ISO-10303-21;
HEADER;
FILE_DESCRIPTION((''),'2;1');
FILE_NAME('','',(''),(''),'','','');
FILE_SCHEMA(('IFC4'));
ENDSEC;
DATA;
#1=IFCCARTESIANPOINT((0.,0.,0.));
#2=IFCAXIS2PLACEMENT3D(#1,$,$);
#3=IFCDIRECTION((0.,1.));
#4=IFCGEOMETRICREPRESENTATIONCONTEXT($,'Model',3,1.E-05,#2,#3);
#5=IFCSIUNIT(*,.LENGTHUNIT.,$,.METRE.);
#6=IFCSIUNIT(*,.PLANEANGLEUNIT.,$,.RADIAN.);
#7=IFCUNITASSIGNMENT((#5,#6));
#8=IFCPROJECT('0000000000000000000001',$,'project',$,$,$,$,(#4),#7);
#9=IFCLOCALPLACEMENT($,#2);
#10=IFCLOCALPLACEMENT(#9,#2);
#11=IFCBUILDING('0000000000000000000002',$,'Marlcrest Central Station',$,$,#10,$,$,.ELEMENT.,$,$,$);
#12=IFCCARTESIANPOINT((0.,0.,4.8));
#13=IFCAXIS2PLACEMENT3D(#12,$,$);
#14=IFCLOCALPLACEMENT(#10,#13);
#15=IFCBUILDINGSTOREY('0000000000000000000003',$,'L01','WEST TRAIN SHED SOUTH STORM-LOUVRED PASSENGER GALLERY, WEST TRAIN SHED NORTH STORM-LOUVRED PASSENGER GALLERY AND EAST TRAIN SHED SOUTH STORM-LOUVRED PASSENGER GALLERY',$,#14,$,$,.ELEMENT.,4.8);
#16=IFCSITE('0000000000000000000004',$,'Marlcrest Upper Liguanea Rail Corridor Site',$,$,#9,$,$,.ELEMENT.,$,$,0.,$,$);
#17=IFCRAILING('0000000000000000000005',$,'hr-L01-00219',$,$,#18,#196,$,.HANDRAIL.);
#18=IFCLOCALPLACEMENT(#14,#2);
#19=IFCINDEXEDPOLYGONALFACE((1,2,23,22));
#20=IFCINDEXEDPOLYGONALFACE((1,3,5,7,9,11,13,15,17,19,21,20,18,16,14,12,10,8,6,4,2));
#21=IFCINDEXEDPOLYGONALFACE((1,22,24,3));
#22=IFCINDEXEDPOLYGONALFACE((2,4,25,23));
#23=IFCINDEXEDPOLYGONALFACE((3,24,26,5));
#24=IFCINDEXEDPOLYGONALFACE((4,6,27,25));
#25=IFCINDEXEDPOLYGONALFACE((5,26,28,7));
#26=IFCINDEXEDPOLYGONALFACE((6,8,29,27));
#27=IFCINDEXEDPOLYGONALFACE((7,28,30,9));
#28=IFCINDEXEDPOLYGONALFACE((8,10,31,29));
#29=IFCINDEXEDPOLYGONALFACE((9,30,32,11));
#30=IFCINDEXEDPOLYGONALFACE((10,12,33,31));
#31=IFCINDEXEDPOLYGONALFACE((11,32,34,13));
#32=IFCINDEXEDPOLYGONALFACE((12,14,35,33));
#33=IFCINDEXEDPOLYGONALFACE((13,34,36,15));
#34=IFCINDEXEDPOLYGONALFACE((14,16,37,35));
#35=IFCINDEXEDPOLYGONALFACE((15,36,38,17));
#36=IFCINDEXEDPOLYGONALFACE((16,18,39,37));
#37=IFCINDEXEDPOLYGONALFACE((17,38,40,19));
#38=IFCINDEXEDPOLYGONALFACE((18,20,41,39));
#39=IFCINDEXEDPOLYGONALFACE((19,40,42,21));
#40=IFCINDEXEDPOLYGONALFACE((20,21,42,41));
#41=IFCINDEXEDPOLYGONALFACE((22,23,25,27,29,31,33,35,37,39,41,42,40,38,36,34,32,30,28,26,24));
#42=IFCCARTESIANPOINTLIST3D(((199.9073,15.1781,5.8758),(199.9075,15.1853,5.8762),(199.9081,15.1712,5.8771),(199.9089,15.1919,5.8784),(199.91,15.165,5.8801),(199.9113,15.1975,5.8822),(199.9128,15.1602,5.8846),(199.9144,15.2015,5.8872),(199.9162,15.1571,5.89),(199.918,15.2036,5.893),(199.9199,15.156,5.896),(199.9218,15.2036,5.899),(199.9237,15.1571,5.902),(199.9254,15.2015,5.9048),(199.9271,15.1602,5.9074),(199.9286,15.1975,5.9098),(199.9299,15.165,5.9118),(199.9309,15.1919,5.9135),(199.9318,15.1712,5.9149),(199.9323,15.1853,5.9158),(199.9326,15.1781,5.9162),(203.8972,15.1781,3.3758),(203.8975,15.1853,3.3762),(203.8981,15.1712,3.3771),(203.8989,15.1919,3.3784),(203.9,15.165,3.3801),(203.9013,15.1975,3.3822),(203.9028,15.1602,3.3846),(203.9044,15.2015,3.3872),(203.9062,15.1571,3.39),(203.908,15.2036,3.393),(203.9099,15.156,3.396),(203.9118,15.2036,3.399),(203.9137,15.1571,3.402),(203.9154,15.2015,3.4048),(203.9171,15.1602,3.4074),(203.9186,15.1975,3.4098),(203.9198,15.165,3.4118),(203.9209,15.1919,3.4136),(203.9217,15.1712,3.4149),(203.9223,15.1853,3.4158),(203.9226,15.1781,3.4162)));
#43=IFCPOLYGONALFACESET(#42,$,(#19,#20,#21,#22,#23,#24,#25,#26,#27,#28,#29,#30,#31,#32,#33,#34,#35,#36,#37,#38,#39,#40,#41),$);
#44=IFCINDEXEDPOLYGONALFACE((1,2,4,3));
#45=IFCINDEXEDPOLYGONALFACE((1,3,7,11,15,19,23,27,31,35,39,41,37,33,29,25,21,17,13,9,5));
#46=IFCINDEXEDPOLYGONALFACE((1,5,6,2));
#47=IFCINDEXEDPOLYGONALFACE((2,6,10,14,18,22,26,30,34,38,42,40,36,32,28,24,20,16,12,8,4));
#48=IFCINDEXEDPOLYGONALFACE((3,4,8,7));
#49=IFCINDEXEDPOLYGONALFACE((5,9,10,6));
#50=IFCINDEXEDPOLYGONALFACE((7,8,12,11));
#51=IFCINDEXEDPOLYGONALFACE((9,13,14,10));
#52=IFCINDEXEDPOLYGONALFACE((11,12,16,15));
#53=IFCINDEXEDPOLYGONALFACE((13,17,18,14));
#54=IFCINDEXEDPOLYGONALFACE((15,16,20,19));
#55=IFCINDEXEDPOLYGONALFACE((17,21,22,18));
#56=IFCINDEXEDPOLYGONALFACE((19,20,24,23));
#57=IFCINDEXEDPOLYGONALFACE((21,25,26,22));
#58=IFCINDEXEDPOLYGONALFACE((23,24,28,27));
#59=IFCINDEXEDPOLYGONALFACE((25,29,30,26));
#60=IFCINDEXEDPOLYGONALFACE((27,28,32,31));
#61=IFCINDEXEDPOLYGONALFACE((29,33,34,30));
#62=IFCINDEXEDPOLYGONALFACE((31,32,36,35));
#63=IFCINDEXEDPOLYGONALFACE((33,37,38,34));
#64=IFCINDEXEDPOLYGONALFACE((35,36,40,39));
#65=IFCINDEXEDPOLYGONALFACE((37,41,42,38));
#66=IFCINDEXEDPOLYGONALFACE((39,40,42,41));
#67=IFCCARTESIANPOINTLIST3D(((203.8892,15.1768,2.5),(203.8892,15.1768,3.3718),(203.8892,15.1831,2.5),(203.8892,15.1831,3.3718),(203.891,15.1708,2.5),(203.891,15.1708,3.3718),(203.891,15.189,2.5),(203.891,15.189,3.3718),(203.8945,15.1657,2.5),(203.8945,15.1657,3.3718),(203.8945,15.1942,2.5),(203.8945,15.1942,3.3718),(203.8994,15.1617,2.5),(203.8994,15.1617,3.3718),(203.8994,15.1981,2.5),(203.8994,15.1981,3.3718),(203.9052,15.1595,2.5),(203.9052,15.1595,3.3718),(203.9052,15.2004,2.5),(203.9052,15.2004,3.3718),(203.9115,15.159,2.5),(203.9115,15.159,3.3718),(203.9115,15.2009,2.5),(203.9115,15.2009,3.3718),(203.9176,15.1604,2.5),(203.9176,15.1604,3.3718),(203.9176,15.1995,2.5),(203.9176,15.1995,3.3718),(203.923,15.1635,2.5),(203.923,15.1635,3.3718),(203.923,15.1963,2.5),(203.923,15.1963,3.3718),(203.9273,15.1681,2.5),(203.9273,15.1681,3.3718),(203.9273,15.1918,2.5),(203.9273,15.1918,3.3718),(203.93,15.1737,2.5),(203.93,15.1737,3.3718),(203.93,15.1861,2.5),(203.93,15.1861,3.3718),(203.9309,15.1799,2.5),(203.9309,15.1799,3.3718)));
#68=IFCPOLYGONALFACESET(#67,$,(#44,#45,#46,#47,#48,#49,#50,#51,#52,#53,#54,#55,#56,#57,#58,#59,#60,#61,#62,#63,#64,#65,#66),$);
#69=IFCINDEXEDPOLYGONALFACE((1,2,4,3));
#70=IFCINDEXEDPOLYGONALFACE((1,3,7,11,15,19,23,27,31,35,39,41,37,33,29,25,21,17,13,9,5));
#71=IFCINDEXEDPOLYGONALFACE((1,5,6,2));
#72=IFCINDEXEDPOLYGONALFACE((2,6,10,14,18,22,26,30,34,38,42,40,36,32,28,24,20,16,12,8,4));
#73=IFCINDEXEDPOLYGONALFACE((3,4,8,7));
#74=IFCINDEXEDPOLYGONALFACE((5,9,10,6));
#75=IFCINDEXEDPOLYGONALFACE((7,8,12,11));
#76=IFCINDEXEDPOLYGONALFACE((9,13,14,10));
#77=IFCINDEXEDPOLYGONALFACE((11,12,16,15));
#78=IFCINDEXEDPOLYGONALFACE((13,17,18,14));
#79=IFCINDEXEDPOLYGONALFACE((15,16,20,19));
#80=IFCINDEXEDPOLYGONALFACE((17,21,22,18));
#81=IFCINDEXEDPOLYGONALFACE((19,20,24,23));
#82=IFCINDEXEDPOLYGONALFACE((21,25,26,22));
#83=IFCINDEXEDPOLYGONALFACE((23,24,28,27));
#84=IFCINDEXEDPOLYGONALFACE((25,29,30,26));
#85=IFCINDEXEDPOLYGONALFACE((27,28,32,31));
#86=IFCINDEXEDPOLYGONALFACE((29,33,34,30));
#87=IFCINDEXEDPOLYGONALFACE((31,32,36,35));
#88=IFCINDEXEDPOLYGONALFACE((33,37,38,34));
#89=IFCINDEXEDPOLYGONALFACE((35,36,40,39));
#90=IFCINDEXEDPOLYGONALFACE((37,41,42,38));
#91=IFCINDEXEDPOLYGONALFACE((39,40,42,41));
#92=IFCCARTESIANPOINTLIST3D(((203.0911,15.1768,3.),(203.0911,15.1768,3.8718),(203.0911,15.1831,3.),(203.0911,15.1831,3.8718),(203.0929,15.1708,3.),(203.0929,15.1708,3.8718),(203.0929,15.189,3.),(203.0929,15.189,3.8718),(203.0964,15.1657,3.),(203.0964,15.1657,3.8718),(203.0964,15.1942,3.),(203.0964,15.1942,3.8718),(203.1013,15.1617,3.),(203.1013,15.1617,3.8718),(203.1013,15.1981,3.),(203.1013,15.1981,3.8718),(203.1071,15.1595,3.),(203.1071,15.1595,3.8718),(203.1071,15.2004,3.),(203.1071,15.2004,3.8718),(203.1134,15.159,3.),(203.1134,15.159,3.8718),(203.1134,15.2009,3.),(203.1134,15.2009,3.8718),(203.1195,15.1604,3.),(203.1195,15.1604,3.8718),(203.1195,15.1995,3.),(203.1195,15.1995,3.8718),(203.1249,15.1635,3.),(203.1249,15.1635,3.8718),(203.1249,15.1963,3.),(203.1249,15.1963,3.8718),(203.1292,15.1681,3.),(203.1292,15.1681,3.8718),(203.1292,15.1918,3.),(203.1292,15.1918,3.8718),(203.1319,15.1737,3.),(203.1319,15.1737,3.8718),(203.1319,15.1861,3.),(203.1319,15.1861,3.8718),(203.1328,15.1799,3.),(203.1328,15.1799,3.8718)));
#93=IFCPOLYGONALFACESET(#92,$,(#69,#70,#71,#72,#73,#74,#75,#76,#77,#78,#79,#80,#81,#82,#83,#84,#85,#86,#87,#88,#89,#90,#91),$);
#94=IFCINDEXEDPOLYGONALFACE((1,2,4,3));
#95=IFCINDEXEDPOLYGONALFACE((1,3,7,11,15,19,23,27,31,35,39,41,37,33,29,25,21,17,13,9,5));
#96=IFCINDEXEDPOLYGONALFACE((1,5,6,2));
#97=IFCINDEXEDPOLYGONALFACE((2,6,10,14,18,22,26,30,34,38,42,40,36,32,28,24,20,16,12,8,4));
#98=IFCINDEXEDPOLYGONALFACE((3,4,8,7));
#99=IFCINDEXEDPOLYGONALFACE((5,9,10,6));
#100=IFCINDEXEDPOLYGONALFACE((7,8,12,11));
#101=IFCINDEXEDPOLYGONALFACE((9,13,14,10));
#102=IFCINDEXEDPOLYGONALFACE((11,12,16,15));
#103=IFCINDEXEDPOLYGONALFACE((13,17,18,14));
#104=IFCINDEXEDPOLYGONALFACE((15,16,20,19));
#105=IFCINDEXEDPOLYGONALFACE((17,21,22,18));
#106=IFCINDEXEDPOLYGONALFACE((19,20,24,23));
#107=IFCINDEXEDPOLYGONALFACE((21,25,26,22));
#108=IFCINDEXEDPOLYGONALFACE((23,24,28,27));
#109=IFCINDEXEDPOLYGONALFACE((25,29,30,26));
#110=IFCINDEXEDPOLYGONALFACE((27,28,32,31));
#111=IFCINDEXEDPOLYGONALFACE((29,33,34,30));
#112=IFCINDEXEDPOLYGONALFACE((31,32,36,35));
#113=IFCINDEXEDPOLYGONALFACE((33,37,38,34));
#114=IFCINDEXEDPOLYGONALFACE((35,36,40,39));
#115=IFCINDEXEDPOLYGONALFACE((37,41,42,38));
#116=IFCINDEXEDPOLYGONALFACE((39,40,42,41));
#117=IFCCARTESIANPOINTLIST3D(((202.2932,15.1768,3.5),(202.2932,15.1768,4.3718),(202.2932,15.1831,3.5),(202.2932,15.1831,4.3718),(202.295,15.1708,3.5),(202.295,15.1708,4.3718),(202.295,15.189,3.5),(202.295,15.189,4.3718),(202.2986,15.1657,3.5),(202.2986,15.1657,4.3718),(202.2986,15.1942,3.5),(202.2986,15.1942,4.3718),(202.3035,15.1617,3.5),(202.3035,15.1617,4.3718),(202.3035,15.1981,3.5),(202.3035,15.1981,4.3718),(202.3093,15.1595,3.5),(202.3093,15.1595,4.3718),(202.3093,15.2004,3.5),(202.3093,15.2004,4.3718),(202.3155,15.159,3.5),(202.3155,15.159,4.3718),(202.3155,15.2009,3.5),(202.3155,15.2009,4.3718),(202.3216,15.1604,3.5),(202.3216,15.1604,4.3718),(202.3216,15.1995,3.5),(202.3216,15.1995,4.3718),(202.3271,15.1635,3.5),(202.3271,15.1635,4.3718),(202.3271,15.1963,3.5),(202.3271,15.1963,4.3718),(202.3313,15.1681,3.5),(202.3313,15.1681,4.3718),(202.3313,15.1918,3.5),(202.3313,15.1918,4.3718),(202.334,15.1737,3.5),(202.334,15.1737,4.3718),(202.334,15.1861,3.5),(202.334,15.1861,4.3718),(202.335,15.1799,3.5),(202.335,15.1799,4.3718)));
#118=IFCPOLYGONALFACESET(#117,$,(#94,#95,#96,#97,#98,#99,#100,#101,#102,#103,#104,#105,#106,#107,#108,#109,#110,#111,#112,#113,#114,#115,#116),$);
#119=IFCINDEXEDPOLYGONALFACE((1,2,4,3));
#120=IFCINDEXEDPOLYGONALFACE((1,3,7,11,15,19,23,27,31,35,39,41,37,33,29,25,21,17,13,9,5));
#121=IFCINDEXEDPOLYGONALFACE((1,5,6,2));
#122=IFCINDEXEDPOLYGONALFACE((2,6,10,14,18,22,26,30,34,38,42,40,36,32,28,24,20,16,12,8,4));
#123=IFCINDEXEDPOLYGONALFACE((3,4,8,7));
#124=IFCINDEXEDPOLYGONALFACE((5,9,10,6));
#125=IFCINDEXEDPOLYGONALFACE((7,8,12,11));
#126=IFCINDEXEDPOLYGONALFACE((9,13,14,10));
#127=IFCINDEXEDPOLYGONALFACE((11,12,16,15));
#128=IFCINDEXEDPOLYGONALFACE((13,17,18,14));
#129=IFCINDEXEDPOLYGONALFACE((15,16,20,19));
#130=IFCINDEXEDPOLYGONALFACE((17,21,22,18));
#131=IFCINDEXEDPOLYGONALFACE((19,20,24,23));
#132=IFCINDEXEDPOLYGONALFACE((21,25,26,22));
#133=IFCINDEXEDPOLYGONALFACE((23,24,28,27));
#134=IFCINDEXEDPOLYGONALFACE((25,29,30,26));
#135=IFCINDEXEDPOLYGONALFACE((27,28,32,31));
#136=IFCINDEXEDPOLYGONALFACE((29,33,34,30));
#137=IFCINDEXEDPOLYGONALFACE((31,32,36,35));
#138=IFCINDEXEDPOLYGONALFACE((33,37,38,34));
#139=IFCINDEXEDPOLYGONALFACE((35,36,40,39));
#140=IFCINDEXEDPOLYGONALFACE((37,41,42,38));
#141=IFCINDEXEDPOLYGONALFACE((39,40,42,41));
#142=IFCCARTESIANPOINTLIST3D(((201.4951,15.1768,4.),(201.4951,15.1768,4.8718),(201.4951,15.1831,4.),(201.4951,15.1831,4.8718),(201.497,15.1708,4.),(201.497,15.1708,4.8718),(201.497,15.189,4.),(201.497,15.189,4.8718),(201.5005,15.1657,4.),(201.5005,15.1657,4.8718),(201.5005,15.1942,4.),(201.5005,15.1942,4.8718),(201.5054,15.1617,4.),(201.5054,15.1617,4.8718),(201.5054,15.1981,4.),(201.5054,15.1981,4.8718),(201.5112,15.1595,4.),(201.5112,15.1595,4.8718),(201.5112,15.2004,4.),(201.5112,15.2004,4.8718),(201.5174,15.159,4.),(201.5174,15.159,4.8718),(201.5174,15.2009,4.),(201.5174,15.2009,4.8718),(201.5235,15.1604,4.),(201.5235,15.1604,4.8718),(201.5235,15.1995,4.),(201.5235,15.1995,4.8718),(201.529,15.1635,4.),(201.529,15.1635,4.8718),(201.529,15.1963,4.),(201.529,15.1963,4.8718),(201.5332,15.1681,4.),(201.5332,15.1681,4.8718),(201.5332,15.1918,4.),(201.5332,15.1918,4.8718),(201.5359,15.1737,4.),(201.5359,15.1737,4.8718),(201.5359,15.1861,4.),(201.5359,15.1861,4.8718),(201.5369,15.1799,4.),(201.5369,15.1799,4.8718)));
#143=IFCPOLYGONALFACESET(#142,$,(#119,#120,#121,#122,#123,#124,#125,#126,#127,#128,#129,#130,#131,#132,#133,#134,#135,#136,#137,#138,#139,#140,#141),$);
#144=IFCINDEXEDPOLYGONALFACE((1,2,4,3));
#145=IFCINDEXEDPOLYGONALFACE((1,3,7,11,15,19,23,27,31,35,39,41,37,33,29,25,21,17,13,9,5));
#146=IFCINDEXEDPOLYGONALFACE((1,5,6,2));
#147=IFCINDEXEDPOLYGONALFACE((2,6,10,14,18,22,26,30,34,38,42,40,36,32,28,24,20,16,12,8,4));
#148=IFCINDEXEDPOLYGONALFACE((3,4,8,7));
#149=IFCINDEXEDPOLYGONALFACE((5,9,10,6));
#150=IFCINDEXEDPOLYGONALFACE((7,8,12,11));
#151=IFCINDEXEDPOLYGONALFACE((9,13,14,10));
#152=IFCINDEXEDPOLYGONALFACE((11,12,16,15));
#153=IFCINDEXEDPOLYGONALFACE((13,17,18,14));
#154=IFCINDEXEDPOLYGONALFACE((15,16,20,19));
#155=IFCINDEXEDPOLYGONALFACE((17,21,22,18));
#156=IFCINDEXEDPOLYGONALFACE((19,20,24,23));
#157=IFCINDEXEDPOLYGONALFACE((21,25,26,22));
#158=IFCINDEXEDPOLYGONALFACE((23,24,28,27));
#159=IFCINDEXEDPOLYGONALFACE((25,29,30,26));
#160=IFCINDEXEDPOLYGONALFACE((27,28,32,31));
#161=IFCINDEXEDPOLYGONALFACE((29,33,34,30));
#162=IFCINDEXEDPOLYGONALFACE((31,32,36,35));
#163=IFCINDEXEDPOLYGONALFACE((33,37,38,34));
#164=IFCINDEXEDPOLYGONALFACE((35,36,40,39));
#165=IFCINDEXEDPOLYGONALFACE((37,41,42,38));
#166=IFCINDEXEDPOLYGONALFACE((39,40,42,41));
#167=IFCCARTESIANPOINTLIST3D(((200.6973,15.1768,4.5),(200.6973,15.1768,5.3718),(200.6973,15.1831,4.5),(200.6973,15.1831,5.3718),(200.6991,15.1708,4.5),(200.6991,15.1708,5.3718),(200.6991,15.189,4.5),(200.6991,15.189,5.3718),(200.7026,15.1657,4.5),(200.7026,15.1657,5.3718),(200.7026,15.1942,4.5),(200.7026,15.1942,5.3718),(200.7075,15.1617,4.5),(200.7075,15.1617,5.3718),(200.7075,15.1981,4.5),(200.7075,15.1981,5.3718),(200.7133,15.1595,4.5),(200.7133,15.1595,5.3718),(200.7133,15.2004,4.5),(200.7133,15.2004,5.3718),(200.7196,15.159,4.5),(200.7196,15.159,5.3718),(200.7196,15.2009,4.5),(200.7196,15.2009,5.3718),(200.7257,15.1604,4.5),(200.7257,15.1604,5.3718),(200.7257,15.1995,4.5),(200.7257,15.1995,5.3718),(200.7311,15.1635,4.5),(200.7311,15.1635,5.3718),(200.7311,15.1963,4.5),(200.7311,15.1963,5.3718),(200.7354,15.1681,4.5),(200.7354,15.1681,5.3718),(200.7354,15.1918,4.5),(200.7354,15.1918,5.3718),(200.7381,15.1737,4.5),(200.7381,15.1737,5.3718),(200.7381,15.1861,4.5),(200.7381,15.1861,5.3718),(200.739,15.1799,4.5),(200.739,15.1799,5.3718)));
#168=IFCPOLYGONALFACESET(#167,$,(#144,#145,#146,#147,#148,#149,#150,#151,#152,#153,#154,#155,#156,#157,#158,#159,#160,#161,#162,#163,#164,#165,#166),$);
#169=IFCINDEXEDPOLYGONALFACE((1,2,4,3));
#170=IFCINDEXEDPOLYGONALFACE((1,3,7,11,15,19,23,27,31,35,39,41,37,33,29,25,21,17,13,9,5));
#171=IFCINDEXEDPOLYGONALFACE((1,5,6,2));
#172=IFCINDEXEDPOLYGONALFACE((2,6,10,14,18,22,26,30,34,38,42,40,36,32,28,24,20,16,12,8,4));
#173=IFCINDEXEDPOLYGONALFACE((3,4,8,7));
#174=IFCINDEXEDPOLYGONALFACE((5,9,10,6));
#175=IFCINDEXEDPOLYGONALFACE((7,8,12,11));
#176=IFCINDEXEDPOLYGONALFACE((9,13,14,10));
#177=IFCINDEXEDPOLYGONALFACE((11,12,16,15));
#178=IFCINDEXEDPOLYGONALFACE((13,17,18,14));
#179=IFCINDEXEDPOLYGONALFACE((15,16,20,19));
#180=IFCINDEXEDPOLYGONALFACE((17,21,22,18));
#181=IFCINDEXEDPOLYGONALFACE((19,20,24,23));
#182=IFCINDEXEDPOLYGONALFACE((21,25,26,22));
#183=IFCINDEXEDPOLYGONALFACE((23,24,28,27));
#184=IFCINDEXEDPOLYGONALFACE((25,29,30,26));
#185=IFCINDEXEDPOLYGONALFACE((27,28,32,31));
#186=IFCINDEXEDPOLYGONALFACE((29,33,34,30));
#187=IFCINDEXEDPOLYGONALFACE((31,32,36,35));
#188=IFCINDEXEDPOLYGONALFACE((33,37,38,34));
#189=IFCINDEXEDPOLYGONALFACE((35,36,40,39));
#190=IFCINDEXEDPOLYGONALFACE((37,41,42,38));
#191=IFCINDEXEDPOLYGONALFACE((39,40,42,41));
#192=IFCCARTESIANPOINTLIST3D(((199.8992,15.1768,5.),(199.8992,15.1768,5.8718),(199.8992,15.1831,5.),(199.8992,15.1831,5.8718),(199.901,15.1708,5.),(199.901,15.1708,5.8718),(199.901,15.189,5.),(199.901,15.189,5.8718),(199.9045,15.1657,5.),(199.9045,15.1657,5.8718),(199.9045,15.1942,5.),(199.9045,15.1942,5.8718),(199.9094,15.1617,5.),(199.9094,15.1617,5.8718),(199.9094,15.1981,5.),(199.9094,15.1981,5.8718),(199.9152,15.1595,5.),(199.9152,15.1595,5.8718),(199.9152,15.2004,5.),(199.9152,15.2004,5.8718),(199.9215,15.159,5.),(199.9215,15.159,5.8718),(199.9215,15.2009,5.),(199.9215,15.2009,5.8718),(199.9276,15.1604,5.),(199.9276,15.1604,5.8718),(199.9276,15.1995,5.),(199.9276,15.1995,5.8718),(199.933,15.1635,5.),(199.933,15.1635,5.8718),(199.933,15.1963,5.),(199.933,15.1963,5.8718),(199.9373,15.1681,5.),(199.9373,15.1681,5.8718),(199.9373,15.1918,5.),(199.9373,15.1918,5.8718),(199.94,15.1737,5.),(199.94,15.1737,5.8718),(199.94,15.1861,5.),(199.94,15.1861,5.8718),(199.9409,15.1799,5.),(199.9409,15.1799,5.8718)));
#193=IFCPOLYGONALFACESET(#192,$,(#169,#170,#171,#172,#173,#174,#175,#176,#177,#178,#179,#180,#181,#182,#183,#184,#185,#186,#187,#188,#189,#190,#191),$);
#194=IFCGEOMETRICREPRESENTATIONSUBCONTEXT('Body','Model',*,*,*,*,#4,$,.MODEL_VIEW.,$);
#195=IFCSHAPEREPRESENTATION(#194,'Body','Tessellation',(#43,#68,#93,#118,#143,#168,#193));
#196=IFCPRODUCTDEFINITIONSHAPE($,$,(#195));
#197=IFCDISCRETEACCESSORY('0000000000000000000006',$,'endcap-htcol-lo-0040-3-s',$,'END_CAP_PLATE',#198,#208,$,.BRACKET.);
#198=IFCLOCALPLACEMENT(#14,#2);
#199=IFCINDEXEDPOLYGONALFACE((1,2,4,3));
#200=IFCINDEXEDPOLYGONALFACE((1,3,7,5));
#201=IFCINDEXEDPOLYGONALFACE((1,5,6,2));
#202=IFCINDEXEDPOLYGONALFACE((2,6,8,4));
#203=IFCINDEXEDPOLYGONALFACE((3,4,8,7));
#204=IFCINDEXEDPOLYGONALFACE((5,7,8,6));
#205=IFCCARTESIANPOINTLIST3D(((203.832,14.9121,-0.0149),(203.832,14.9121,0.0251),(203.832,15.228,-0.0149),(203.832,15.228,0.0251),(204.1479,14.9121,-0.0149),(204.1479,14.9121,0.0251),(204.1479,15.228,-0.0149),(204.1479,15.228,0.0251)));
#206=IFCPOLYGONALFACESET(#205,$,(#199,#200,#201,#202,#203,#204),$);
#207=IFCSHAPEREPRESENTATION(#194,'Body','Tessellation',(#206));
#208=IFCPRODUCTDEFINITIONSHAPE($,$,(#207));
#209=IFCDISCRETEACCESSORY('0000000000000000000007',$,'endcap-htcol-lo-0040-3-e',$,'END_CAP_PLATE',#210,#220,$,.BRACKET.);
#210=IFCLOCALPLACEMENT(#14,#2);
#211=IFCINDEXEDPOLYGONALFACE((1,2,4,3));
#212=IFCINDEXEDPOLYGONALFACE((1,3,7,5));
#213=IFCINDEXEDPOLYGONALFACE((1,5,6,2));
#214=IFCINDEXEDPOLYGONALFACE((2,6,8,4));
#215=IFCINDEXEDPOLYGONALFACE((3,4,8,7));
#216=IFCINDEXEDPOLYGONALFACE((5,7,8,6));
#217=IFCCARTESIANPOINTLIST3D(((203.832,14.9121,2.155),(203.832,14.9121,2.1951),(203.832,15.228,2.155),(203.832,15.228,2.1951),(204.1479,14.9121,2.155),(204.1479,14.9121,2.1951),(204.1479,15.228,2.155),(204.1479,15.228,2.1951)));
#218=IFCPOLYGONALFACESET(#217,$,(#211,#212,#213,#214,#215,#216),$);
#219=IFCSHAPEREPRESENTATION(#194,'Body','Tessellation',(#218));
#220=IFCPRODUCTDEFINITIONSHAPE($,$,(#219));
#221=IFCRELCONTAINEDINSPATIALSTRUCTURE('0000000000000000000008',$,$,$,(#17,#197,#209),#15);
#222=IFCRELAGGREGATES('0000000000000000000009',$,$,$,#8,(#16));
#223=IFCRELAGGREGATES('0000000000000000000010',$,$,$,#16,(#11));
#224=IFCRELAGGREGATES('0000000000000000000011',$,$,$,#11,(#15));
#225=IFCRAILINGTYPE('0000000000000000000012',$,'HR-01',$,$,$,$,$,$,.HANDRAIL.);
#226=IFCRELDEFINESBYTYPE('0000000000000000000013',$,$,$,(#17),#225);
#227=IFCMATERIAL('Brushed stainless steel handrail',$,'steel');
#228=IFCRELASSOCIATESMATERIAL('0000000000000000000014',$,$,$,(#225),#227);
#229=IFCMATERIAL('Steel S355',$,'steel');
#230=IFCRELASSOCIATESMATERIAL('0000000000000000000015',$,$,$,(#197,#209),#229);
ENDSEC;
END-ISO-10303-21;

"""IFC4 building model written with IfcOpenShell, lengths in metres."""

from ifc_helpers import new_model, si_unit, direction, frame, origin, origin_2d, place, context, subcontext, project, spatial, rectangle, circle, extrude, material, type_object, element, save


model = new_model("IFC4")

# Units and contexts
model_context = context("Model", 3, precision=1e-05, world=origin(), true_north=direction((0.0, 1.0)))
body_context = subcontext(model_context, "Body", "Model", "MODEL_VIEW")
ifc_project = project(units=[si_unit("LENGTHUNIT", "METRE"), si_unit("PLANEANGLEUNIT", "RADIAN")], contexts=[model_context])

# Site, building, storey
site_placement = place(None, origin())
site = spatial("IfcSite", under=ifc_project, at=site_placement, Name="Marlcrest Upper Liguanea Rail Corridor Site", CompositionType="ELEMENT", RefElevation=0.0)
building_placement = place(site_placement, origin())
building = spatial("IfcBuilding", under=site, at=building_placement, Name="Marlcrest Central Station", CompositionType="ELEMENT")
storey_placement = place(building_placement, frame((0.0, 0.0, 4.8)))
storey = spatial("IfcBuildingStorey", under=building, at=storey_placement, Name="L01", Description="WEST TRAIN SHED SOUTH STORM-LOUVRED PASSENGER GALLERY, WEST TRAIN SHED NORTH STORM-LOUVRED PASSENGER GALLERY AND EAST TRAIN SHED SOUTH STORM-LOUVRED PASSENGER GALLERY", CompositionType="ELEMENT", Elevation=4.8)

# Shared definitions
ifc_material_1 = material(Name="Steel S355", Category="steel")

# Railing
ifc_material_2 = material(Name="Brushed stainless steel handrail", Category="steel")
railing_type_1 = type_object("IfcRailingType", Name="HR-01", PredefinedType="HANDRAIL", material=ifc_material_2)
railing_1_placement = place(storey_placement, frame((203.9099, 15.1799, 2.5)))
element("IfcRailing", 1, at=railing_1_placement, inside=storey, type_object=railing_type_1, Name="hr-L01-00219", PredefinedType="HANDRAIL", context=body_context, shape_type="SweptSolid", body=[
    extrude(circle(Radius=0.0239, at=origin_2d()), frame((0.0, 0.0, 0.896), z_axis=(-0.847401, 0.0, 0.530954), x_axis=(0.0, -1.0, 0.0)), (0.0, 0.0, 1.0), 4.7085),
    extrude(circle(Radius=0.021, at=origin_2d()), origin(), (0.0, 0.0, 1.0), 0.8718),
    extrude(circle(Radius=0.021, at=origin_2d()), frame((-0.7981, 0.0, 0.5)), (0.0, 0.0, 1.0), 0.8718),
    extrude(circle(Radius=0.021, at=origin_2d()), frame((-1.5959, 0.0, 1.0)), (0.0, 0.0, 1.0), 0.8718),
    extrude(circle(Radius=0.021, at=origin_2d()), frame((-2.394, 0.0, 1.5)), (0.0, 0.0, 1.0), 0.8718),
    extrude(circle(Radius=0.021, at=origin_2d()), frame((-3.1919, 0.0, 2.0)), (0.0, 0.0, 1.0), 0.8718),
    extrude(circle(Radius=0.021, at=origin_2d()), frame((-3.99, 0.0, 2.5)), (0.0, 0.0, 1.0), 0.8718),
])

# Discrete accessories
for number, where, z_axis, x_axis, name in (
    (2, (203.99, 15.0701, -0.0149), (0.0, 0.0, 1.0), (1.0, 0.0, 0.0), "endcap-htcol-lo-0040-3-s"),
    (3, (203.99, 15.0701, 2.155), (0.0, 0.0, 1.0), (1.0, 0.0, 0.0), "endcap-htcol-lo-0040-3-e"),
):
    element("IfcDiscreteAccessory", number, at=place(storey_placement, frame(where, z_axis=z_axis, x_axis=x_axis)), inside=storey, material=ifc_material_1, Name=name, ObjectType="END_CAP_PLATE", PredefinedType="BRACKET", context=body_context, shape_type="SweptSolid", body=[
        extrude(rectangle(XDim=0.3159, YDim=0.3159, at=origin_2d()), origin(), (0.0, 0.0, 1.0), 0.04),
    ])

save(model, "model.ifc")
